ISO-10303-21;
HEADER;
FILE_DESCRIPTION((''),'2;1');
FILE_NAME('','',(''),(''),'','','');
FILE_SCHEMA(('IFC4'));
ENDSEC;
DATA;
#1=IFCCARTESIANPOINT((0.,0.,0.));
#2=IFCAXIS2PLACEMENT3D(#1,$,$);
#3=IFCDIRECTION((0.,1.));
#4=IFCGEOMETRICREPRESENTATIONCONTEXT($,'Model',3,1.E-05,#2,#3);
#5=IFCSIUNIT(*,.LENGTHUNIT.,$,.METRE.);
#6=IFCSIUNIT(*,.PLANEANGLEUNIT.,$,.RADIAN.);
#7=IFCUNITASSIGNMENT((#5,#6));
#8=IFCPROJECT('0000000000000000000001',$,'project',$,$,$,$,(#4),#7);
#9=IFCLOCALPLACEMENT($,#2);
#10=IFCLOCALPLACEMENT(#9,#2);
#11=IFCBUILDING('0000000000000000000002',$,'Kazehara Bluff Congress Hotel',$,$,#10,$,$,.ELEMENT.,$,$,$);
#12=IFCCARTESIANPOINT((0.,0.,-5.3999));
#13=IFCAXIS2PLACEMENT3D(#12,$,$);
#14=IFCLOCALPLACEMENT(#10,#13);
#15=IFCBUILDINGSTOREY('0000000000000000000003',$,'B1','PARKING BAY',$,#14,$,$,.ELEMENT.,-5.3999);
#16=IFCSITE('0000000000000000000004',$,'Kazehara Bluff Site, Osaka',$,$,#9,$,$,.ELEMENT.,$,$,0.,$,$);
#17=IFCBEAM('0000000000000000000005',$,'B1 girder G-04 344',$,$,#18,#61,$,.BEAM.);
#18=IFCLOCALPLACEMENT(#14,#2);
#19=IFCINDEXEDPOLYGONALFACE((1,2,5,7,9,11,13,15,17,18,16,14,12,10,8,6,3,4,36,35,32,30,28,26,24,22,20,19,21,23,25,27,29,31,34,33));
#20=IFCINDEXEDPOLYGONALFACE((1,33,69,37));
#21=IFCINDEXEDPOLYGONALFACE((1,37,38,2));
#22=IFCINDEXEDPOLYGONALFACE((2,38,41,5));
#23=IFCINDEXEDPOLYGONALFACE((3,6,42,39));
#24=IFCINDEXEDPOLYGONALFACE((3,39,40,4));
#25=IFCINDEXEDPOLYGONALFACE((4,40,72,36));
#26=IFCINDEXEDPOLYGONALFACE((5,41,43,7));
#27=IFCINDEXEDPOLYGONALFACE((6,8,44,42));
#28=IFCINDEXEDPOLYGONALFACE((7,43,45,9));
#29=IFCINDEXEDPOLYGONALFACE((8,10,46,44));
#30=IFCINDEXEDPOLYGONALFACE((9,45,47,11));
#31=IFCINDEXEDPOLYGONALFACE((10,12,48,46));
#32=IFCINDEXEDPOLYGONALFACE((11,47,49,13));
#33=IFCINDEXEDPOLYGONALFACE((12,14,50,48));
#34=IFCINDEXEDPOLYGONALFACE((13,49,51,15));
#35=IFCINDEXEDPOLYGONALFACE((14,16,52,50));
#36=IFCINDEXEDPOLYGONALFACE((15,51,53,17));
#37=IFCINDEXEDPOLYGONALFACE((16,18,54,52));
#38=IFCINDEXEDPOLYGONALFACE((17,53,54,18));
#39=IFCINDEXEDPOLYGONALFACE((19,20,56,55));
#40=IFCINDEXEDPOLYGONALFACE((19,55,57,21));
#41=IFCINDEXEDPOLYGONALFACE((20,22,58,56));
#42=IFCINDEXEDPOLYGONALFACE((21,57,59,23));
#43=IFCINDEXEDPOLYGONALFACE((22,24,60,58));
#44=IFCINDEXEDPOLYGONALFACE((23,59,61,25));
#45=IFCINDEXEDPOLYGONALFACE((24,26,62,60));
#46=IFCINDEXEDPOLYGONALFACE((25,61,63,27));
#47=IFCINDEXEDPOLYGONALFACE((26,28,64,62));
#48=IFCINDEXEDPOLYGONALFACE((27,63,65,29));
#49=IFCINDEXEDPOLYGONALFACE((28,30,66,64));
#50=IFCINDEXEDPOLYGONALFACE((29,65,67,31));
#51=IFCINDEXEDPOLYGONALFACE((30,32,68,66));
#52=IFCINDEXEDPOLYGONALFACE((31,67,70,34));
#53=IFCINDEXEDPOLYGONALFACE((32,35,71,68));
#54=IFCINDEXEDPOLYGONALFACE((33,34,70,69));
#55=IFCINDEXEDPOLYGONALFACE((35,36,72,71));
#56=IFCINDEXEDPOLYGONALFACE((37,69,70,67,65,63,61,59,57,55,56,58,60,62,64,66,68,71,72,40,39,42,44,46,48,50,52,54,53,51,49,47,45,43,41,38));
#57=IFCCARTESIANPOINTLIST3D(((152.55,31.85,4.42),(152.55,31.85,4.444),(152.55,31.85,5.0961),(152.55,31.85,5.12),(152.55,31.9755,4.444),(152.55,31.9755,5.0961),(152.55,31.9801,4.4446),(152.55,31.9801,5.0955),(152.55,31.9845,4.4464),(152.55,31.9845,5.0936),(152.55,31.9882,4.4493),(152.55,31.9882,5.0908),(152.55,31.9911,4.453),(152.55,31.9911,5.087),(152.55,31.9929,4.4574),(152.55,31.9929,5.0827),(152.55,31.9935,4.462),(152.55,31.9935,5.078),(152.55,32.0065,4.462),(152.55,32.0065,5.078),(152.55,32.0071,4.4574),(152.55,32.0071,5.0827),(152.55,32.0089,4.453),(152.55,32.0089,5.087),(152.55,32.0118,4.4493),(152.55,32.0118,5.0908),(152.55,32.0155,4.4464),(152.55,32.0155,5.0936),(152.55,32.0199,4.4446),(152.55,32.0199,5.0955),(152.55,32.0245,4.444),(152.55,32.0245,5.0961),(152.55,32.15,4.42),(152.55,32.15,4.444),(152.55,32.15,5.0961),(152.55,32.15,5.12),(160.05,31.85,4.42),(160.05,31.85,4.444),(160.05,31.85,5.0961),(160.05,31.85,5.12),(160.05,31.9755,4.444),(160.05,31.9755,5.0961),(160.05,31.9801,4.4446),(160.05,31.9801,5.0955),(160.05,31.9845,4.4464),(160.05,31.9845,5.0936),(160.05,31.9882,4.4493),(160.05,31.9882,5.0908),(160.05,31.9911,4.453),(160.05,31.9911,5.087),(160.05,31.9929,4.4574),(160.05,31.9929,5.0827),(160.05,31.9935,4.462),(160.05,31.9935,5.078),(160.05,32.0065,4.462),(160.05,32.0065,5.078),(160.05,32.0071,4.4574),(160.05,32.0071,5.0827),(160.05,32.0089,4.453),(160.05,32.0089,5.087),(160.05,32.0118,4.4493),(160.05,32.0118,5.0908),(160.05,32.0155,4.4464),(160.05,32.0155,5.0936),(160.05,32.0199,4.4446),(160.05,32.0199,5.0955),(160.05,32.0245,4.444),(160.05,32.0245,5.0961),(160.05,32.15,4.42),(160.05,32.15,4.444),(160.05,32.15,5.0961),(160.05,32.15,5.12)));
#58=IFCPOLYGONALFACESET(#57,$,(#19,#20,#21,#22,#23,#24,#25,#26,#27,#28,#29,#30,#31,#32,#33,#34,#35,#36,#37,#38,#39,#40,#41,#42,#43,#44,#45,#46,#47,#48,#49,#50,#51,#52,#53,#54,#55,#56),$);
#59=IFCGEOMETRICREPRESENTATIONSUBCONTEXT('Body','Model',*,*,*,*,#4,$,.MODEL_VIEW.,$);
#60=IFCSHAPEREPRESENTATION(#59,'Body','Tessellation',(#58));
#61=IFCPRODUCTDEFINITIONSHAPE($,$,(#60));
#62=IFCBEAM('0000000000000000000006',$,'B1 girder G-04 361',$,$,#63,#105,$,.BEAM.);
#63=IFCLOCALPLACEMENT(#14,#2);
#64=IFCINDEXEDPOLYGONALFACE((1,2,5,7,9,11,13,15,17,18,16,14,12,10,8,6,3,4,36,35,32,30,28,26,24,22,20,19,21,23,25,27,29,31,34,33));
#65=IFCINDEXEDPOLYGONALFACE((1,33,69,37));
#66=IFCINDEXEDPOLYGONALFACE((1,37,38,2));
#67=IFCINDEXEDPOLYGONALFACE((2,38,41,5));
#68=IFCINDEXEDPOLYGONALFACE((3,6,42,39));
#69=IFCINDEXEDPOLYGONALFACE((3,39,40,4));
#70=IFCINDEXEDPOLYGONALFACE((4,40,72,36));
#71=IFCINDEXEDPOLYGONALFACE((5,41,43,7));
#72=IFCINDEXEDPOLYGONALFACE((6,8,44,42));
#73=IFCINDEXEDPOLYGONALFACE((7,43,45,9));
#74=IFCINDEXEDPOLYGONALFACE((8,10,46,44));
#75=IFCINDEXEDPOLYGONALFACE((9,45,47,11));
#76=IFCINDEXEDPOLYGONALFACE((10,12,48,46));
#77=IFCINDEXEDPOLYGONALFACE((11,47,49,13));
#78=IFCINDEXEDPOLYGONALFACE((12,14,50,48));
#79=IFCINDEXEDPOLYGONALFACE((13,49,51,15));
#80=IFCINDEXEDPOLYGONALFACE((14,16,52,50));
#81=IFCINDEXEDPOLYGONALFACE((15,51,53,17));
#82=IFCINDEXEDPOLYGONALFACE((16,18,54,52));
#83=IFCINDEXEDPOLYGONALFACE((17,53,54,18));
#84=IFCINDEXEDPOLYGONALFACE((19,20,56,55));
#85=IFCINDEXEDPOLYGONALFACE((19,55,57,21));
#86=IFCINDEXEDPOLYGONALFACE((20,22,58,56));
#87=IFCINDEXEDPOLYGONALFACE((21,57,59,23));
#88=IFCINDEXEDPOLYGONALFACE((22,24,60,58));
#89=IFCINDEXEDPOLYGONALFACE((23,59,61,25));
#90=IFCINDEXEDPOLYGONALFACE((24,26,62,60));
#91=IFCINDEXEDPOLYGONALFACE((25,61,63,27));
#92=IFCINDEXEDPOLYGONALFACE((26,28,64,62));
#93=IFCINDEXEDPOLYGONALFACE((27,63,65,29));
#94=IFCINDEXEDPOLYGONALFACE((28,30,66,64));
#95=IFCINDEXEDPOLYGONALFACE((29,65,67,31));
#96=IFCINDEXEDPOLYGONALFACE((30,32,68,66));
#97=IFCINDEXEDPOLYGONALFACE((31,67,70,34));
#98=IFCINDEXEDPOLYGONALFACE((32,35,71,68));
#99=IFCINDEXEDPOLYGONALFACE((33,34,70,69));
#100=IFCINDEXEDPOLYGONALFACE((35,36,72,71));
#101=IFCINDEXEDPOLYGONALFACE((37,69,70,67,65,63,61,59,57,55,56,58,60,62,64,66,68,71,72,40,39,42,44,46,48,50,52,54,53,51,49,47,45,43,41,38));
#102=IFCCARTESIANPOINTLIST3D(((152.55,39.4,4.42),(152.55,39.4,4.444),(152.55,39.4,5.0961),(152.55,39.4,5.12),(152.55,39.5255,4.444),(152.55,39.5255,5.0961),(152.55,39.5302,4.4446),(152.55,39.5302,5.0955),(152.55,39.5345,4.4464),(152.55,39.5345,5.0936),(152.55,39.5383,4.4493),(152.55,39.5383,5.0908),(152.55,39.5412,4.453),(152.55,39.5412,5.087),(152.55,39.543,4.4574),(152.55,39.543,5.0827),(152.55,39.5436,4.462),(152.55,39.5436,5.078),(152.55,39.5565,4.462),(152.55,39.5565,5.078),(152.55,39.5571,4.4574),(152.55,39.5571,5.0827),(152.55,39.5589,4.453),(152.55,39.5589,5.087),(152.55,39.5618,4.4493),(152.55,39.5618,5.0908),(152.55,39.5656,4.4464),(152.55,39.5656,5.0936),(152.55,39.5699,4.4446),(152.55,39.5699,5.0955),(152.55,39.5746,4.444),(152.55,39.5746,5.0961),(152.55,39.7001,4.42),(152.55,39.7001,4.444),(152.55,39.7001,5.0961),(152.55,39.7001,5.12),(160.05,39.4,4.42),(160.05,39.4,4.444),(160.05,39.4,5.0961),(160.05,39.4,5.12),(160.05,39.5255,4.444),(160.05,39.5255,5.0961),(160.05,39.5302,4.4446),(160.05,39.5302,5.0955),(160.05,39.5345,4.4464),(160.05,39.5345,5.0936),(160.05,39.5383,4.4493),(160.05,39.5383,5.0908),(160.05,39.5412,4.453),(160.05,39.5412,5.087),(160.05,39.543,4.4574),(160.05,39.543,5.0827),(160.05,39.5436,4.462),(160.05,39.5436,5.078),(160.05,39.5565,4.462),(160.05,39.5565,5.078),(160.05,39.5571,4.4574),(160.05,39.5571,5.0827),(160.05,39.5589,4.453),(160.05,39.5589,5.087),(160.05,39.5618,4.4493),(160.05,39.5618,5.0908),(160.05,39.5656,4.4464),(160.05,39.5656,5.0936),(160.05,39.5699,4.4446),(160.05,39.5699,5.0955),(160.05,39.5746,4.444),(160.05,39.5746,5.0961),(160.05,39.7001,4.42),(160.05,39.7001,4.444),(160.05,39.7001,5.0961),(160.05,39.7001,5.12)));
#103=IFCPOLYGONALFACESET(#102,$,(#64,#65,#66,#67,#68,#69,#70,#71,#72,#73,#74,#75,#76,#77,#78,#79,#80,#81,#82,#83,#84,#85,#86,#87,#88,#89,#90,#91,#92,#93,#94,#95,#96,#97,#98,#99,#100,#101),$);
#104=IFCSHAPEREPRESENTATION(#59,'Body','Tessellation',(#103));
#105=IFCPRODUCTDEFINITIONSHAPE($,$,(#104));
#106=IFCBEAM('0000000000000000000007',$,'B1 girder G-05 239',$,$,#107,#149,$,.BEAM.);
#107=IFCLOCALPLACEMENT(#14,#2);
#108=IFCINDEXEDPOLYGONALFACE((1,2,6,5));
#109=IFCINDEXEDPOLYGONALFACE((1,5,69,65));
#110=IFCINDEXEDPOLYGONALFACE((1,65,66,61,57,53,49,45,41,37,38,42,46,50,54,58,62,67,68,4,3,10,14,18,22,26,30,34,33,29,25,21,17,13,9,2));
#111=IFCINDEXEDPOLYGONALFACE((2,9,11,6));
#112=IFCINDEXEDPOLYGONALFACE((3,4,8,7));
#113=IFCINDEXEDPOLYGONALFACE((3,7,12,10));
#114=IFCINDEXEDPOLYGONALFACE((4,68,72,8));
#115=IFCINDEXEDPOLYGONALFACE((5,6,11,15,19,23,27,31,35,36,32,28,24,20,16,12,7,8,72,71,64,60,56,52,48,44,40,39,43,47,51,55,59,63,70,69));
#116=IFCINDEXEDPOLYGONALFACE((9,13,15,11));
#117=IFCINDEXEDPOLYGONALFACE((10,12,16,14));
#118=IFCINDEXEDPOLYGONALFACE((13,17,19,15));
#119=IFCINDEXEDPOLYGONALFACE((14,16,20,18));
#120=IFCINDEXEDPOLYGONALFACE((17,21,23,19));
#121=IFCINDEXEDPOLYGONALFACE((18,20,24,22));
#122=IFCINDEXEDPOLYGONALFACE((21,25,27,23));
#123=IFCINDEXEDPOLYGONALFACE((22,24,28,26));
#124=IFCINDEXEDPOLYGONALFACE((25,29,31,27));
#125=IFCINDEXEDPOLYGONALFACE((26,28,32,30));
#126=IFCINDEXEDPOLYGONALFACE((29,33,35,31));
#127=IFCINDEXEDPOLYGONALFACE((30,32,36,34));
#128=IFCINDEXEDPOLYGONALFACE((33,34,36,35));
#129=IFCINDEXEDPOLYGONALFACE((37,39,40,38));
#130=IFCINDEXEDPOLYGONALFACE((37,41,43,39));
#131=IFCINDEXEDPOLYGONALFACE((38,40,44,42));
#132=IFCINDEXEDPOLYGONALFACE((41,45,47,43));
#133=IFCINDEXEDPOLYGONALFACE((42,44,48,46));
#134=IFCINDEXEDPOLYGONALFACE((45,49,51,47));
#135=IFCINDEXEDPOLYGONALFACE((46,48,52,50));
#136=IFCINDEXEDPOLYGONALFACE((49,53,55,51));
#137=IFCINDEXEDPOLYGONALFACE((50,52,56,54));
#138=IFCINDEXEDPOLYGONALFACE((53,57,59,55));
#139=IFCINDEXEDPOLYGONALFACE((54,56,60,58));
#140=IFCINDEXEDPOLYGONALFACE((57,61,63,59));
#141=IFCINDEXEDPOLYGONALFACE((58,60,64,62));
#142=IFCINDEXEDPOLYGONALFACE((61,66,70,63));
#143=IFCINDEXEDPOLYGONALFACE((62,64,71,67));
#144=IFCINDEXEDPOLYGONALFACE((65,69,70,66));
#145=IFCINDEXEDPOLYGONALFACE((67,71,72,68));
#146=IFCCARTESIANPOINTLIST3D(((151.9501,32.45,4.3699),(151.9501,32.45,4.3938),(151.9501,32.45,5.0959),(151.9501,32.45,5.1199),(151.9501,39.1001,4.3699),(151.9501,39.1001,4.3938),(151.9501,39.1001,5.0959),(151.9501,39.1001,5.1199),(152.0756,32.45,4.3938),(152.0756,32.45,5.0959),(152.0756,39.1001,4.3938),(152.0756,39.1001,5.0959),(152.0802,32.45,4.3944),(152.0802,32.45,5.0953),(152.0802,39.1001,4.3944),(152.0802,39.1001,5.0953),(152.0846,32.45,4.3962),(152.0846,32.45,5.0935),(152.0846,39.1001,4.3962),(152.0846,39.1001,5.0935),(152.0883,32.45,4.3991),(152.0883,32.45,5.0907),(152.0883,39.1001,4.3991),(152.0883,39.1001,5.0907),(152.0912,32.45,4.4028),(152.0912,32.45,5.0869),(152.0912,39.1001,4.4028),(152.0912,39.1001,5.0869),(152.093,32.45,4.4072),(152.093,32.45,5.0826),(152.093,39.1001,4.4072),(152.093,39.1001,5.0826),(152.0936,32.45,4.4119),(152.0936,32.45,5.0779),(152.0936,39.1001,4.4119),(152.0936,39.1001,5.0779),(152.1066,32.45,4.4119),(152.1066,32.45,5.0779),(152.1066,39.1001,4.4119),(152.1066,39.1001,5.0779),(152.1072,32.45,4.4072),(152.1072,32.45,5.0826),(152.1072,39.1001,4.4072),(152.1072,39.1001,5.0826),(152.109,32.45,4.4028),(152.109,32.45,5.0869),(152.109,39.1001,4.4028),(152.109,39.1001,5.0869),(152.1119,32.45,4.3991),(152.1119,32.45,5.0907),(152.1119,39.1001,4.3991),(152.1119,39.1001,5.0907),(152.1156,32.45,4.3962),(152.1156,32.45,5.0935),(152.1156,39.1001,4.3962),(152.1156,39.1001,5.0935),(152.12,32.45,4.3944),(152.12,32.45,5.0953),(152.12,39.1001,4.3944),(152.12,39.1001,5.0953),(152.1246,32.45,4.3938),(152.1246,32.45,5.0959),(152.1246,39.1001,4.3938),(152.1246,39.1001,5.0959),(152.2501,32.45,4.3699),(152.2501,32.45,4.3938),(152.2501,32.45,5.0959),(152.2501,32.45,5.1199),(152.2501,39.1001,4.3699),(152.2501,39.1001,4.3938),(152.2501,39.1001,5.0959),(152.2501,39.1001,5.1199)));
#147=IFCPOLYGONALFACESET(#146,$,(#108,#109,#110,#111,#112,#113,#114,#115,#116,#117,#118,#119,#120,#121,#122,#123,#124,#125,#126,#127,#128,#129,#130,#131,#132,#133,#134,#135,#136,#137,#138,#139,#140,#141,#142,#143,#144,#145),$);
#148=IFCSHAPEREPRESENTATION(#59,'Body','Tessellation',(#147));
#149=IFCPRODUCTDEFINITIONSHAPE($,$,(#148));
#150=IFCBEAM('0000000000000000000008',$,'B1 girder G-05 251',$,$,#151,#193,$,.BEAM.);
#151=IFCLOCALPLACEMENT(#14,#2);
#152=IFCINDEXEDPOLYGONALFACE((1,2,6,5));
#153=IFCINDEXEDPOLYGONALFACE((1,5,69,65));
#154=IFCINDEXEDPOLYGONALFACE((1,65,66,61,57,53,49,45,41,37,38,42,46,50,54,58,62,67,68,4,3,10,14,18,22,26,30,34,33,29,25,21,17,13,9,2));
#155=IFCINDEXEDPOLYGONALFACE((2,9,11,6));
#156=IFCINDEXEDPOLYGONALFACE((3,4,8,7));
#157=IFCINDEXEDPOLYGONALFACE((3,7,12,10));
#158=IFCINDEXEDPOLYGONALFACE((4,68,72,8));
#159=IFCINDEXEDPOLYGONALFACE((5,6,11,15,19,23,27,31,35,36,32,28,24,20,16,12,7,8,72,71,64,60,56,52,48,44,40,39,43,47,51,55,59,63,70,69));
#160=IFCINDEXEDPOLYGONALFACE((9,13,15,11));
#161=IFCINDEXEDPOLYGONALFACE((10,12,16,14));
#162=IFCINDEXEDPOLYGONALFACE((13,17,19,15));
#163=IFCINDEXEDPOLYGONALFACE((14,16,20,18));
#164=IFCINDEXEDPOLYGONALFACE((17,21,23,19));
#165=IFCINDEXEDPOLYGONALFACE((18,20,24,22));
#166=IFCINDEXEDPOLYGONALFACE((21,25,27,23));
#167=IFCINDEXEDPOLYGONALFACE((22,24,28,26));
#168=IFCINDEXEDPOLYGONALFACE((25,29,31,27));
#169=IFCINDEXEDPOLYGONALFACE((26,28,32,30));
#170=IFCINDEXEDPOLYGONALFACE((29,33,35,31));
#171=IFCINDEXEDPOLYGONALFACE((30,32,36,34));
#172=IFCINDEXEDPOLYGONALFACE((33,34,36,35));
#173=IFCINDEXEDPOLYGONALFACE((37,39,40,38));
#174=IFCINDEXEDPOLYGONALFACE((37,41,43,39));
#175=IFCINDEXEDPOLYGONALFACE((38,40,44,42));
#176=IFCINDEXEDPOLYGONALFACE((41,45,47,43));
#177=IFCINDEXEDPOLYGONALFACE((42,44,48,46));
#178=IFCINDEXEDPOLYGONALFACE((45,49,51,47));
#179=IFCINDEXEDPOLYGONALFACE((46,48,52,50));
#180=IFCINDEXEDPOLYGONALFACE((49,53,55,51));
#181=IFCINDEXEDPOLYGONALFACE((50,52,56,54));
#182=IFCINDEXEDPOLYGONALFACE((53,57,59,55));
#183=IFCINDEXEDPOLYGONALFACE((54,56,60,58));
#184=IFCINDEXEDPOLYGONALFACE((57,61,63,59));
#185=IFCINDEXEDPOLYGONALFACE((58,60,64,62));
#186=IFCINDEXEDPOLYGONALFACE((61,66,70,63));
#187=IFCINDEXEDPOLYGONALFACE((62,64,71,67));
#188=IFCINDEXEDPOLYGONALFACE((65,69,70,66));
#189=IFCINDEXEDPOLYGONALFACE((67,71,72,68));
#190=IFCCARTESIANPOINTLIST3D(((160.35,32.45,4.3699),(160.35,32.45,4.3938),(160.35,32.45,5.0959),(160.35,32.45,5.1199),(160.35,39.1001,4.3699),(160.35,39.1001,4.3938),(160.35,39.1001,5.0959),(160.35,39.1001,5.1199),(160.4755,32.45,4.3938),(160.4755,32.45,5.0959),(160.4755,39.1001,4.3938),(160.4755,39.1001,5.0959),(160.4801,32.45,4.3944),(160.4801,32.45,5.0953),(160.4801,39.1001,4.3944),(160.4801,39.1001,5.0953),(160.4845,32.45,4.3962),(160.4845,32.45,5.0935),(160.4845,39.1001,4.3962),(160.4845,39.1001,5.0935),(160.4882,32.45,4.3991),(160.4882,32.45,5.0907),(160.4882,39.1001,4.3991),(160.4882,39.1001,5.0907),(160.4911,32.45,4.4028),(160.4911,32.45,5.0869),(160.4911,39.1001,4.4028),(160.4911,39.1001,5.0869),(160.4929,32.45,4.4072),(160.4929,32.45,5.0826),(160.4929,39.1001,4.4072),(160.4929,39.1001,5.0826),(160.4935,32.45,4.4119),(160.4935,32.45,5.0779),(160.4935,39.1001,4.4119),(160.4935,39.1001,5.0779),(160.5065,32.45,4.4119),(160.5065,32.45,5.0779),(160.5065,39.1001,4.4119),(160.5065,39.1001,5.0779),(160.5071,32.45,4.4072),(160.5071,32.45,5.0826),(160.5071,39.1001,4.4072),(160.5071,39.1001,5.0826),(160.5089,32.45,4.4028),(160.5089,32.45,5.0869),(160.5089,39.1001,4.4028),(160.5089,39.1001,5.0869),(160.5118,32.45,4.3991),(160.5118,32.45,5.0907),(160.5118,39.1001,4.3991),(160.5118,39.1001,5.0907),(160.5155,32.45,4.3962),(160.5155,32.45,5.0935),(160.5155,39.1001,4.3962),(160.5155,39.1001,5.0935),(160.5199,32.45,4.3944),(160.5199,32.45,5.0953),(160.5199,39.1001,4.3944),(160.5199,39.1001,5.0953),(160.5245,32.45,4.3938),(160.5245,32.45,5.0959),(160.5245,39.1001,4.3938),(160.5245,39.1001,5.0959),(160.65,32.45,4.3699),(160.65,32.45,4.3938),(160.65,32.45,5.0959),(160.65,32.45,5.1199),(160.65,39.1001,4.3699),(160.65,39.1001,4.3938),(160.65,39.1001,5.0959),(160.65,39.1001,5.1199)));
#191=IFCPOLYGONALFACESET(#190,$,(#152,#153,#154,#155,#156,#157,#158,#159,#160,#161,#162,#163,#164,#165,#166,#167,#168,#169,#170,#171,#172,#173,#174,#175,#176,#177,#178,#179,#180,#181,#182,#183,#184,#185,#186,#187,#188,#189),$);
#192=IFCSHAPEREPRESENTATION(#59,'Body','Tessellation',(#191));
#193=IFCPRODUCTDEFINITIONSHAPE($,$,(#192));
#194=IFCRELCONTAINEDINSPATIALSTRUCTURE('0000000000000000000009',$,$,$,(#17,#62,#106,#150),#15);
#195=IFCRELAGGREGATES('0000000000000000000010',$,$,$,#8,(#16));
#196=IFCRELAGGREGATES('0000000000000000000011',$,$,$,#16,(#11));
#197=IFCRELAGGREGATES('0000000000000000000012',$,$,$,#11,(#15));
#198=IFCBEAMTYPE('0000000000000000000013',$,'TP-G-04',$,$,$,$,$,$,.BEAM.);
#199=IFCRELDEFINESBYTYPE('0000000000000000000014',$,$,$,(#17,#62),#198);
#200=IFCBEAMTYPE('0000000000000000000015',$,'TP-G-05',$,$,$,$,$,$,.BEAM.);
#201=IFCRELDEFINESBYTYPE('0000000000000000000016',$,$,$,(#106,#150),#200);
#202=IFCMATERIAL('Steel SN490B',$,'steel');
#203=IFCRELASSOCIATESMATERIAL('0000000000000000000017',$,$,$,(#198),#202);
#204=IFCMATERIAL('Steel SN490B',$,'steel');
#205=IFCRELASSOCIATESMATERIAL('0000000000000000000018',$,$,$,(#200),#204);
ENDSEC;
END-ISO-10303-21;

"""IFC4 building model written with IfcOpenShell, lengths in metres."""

from ifc_helpers import new_model, si_unit, direction, frame, origin, origin_2d, place, context, subcontext, project, spatial, i_section, extrude, material, material_profile, profile_set, type_object, element, save


model = new_model("IFC4")

# Units and contexts
model_context = context("Model", 3, precision=1e-05, world=origin(), true_north=direction((0.0, 1.0)))
body_context = subcontext(model_context, "Body", "Model", "MODEL_VIEW")
ifc_project = project(units=[si_unit("LENGTHUNIT", "METRE"), si_unit("PLANEANGLEUNIT", "RADIAN")], contexts=[model_context])

# Site, building, storey
site_placement = place(None, origin())
site = spatial("IfcSite", under=ifc_project, at=site_placement, Name="Kazehara Bluff Site, Osaka", CompositionType="ELEMENT", RefElevation=0.0)
building_placement = place(site_placement, origin())
building = spatial("IfcBuilding", under=site, at=building_placement, Name="Kazehara Bluff Congress Hotel", CompositionType="ELEMENT")
storey_placement = place(building_placement, frame((0.0, 0.0, -5.3999)))
storey = spatial("IfcBuildingStorey", under=building, at=storey_placement, Name="B1", Description="PARKING BAY", CompositionType="ELEMENT", Elevation=-5.3999)

# Beams
ifc_material_1 = material(Name="Steel SN490B", Category="steel")
ifc_material_profile_1 = material_profile(ifc_material_1, i_section(OverallWidth=0.3, OverallDepth=0.7, WebThickness=0.0129, FlangeThickness=0.0239, FilletRadius=0.0181, at=origin_2d()))
ifc_profile_set_1 = profile_set([ifc_material_profile_1], Name="Steel SN490B")
beam_type_1 = type_object("IfcBeamType", Name="TP-G-04", PredefinedType="BEAM", material=ifc_profile_set_1)
for number, where, z_axis, x_axis, name in (
    (1, (152.55, 32.0, 4.77), (1.0, 0.0, 0.0), (0.0, 1.0, 0.0), "B1 girder G-04 344"),
    (2, (152.55, 39.55, 4.77), (1.0, 0.0, 0.0), (0.0, 1.0, 0.0), "B1 girder G-04 361"),
):
    element("IfcBeam", number, at=place(storey_placement, frame(where, z_axis=z_axis, x_axis=x_axis)), inside=storey, type_object=beam_type_1, Name=name, PredefinedType="BEAM", context=body_context, shape_type="SweptSolid", body=[
        extrude(i_section(OverallWidth=0.3, OverallDepth=0.7, WebThickness=0.0129, FlangeThickness=0.0239, FilletRadius=0.0181, at=origin_2d()), origin(), (0.0, 0.0, 1.0), 7.5),
    ])
ifc_material_2 = material(Name="Steel SN490B", Category="steel")
ifc_material_profile_2 = material_profile(ifc_material_2, i_section(OverallWidth=0.3, OverallDepth=0.75, WebThickness=0.0129, FlangeThickness=0.0239, FilletRadius=0.0181, at=origin_2d()))
ifc_profile_set_2 = profile_set([ifc_material_profile_2], Name="Steel SN490B")
beam_type_2 = type_object("IfcBeamType", Name="TP-G-05", PredefinedType="BEAM", material=ifc_profile_set_2)
for number, where, z_axis, x_axis, name in (
    (3, (152.1001, 32.45, 4.7449), (0.0, 1.0, 0.0), (-1.0, 0.0, 0.0), "B1 girder G-05 239"),
    (4, (160.5, 32.45, 4.7449), (0.0, 1.0, 0.0), (-1.0, 0.0, 0.0), "B1 girder G-05 251"),
):
    element("IfcBeam", number, at=place(storey_placement, frame(where, z_axis=z_axis, x_axis=x_axis)), inside=storey, type_object=beam_type_2, Name=name, PredefinedType="BEAM", context=body_context, shape_type="SweptSolid", body=[
        extrude(i_section(OverallWidth=0.3, OverallDepth=0.75, WebThickness=0.0129, FlangeThickness=0.0239, FilletRadius=0.0181, at=origin_2d()), origin(), (0.0, 0.0, 1.0), 6.6501),
    ])

save(model, "model.ifc")
